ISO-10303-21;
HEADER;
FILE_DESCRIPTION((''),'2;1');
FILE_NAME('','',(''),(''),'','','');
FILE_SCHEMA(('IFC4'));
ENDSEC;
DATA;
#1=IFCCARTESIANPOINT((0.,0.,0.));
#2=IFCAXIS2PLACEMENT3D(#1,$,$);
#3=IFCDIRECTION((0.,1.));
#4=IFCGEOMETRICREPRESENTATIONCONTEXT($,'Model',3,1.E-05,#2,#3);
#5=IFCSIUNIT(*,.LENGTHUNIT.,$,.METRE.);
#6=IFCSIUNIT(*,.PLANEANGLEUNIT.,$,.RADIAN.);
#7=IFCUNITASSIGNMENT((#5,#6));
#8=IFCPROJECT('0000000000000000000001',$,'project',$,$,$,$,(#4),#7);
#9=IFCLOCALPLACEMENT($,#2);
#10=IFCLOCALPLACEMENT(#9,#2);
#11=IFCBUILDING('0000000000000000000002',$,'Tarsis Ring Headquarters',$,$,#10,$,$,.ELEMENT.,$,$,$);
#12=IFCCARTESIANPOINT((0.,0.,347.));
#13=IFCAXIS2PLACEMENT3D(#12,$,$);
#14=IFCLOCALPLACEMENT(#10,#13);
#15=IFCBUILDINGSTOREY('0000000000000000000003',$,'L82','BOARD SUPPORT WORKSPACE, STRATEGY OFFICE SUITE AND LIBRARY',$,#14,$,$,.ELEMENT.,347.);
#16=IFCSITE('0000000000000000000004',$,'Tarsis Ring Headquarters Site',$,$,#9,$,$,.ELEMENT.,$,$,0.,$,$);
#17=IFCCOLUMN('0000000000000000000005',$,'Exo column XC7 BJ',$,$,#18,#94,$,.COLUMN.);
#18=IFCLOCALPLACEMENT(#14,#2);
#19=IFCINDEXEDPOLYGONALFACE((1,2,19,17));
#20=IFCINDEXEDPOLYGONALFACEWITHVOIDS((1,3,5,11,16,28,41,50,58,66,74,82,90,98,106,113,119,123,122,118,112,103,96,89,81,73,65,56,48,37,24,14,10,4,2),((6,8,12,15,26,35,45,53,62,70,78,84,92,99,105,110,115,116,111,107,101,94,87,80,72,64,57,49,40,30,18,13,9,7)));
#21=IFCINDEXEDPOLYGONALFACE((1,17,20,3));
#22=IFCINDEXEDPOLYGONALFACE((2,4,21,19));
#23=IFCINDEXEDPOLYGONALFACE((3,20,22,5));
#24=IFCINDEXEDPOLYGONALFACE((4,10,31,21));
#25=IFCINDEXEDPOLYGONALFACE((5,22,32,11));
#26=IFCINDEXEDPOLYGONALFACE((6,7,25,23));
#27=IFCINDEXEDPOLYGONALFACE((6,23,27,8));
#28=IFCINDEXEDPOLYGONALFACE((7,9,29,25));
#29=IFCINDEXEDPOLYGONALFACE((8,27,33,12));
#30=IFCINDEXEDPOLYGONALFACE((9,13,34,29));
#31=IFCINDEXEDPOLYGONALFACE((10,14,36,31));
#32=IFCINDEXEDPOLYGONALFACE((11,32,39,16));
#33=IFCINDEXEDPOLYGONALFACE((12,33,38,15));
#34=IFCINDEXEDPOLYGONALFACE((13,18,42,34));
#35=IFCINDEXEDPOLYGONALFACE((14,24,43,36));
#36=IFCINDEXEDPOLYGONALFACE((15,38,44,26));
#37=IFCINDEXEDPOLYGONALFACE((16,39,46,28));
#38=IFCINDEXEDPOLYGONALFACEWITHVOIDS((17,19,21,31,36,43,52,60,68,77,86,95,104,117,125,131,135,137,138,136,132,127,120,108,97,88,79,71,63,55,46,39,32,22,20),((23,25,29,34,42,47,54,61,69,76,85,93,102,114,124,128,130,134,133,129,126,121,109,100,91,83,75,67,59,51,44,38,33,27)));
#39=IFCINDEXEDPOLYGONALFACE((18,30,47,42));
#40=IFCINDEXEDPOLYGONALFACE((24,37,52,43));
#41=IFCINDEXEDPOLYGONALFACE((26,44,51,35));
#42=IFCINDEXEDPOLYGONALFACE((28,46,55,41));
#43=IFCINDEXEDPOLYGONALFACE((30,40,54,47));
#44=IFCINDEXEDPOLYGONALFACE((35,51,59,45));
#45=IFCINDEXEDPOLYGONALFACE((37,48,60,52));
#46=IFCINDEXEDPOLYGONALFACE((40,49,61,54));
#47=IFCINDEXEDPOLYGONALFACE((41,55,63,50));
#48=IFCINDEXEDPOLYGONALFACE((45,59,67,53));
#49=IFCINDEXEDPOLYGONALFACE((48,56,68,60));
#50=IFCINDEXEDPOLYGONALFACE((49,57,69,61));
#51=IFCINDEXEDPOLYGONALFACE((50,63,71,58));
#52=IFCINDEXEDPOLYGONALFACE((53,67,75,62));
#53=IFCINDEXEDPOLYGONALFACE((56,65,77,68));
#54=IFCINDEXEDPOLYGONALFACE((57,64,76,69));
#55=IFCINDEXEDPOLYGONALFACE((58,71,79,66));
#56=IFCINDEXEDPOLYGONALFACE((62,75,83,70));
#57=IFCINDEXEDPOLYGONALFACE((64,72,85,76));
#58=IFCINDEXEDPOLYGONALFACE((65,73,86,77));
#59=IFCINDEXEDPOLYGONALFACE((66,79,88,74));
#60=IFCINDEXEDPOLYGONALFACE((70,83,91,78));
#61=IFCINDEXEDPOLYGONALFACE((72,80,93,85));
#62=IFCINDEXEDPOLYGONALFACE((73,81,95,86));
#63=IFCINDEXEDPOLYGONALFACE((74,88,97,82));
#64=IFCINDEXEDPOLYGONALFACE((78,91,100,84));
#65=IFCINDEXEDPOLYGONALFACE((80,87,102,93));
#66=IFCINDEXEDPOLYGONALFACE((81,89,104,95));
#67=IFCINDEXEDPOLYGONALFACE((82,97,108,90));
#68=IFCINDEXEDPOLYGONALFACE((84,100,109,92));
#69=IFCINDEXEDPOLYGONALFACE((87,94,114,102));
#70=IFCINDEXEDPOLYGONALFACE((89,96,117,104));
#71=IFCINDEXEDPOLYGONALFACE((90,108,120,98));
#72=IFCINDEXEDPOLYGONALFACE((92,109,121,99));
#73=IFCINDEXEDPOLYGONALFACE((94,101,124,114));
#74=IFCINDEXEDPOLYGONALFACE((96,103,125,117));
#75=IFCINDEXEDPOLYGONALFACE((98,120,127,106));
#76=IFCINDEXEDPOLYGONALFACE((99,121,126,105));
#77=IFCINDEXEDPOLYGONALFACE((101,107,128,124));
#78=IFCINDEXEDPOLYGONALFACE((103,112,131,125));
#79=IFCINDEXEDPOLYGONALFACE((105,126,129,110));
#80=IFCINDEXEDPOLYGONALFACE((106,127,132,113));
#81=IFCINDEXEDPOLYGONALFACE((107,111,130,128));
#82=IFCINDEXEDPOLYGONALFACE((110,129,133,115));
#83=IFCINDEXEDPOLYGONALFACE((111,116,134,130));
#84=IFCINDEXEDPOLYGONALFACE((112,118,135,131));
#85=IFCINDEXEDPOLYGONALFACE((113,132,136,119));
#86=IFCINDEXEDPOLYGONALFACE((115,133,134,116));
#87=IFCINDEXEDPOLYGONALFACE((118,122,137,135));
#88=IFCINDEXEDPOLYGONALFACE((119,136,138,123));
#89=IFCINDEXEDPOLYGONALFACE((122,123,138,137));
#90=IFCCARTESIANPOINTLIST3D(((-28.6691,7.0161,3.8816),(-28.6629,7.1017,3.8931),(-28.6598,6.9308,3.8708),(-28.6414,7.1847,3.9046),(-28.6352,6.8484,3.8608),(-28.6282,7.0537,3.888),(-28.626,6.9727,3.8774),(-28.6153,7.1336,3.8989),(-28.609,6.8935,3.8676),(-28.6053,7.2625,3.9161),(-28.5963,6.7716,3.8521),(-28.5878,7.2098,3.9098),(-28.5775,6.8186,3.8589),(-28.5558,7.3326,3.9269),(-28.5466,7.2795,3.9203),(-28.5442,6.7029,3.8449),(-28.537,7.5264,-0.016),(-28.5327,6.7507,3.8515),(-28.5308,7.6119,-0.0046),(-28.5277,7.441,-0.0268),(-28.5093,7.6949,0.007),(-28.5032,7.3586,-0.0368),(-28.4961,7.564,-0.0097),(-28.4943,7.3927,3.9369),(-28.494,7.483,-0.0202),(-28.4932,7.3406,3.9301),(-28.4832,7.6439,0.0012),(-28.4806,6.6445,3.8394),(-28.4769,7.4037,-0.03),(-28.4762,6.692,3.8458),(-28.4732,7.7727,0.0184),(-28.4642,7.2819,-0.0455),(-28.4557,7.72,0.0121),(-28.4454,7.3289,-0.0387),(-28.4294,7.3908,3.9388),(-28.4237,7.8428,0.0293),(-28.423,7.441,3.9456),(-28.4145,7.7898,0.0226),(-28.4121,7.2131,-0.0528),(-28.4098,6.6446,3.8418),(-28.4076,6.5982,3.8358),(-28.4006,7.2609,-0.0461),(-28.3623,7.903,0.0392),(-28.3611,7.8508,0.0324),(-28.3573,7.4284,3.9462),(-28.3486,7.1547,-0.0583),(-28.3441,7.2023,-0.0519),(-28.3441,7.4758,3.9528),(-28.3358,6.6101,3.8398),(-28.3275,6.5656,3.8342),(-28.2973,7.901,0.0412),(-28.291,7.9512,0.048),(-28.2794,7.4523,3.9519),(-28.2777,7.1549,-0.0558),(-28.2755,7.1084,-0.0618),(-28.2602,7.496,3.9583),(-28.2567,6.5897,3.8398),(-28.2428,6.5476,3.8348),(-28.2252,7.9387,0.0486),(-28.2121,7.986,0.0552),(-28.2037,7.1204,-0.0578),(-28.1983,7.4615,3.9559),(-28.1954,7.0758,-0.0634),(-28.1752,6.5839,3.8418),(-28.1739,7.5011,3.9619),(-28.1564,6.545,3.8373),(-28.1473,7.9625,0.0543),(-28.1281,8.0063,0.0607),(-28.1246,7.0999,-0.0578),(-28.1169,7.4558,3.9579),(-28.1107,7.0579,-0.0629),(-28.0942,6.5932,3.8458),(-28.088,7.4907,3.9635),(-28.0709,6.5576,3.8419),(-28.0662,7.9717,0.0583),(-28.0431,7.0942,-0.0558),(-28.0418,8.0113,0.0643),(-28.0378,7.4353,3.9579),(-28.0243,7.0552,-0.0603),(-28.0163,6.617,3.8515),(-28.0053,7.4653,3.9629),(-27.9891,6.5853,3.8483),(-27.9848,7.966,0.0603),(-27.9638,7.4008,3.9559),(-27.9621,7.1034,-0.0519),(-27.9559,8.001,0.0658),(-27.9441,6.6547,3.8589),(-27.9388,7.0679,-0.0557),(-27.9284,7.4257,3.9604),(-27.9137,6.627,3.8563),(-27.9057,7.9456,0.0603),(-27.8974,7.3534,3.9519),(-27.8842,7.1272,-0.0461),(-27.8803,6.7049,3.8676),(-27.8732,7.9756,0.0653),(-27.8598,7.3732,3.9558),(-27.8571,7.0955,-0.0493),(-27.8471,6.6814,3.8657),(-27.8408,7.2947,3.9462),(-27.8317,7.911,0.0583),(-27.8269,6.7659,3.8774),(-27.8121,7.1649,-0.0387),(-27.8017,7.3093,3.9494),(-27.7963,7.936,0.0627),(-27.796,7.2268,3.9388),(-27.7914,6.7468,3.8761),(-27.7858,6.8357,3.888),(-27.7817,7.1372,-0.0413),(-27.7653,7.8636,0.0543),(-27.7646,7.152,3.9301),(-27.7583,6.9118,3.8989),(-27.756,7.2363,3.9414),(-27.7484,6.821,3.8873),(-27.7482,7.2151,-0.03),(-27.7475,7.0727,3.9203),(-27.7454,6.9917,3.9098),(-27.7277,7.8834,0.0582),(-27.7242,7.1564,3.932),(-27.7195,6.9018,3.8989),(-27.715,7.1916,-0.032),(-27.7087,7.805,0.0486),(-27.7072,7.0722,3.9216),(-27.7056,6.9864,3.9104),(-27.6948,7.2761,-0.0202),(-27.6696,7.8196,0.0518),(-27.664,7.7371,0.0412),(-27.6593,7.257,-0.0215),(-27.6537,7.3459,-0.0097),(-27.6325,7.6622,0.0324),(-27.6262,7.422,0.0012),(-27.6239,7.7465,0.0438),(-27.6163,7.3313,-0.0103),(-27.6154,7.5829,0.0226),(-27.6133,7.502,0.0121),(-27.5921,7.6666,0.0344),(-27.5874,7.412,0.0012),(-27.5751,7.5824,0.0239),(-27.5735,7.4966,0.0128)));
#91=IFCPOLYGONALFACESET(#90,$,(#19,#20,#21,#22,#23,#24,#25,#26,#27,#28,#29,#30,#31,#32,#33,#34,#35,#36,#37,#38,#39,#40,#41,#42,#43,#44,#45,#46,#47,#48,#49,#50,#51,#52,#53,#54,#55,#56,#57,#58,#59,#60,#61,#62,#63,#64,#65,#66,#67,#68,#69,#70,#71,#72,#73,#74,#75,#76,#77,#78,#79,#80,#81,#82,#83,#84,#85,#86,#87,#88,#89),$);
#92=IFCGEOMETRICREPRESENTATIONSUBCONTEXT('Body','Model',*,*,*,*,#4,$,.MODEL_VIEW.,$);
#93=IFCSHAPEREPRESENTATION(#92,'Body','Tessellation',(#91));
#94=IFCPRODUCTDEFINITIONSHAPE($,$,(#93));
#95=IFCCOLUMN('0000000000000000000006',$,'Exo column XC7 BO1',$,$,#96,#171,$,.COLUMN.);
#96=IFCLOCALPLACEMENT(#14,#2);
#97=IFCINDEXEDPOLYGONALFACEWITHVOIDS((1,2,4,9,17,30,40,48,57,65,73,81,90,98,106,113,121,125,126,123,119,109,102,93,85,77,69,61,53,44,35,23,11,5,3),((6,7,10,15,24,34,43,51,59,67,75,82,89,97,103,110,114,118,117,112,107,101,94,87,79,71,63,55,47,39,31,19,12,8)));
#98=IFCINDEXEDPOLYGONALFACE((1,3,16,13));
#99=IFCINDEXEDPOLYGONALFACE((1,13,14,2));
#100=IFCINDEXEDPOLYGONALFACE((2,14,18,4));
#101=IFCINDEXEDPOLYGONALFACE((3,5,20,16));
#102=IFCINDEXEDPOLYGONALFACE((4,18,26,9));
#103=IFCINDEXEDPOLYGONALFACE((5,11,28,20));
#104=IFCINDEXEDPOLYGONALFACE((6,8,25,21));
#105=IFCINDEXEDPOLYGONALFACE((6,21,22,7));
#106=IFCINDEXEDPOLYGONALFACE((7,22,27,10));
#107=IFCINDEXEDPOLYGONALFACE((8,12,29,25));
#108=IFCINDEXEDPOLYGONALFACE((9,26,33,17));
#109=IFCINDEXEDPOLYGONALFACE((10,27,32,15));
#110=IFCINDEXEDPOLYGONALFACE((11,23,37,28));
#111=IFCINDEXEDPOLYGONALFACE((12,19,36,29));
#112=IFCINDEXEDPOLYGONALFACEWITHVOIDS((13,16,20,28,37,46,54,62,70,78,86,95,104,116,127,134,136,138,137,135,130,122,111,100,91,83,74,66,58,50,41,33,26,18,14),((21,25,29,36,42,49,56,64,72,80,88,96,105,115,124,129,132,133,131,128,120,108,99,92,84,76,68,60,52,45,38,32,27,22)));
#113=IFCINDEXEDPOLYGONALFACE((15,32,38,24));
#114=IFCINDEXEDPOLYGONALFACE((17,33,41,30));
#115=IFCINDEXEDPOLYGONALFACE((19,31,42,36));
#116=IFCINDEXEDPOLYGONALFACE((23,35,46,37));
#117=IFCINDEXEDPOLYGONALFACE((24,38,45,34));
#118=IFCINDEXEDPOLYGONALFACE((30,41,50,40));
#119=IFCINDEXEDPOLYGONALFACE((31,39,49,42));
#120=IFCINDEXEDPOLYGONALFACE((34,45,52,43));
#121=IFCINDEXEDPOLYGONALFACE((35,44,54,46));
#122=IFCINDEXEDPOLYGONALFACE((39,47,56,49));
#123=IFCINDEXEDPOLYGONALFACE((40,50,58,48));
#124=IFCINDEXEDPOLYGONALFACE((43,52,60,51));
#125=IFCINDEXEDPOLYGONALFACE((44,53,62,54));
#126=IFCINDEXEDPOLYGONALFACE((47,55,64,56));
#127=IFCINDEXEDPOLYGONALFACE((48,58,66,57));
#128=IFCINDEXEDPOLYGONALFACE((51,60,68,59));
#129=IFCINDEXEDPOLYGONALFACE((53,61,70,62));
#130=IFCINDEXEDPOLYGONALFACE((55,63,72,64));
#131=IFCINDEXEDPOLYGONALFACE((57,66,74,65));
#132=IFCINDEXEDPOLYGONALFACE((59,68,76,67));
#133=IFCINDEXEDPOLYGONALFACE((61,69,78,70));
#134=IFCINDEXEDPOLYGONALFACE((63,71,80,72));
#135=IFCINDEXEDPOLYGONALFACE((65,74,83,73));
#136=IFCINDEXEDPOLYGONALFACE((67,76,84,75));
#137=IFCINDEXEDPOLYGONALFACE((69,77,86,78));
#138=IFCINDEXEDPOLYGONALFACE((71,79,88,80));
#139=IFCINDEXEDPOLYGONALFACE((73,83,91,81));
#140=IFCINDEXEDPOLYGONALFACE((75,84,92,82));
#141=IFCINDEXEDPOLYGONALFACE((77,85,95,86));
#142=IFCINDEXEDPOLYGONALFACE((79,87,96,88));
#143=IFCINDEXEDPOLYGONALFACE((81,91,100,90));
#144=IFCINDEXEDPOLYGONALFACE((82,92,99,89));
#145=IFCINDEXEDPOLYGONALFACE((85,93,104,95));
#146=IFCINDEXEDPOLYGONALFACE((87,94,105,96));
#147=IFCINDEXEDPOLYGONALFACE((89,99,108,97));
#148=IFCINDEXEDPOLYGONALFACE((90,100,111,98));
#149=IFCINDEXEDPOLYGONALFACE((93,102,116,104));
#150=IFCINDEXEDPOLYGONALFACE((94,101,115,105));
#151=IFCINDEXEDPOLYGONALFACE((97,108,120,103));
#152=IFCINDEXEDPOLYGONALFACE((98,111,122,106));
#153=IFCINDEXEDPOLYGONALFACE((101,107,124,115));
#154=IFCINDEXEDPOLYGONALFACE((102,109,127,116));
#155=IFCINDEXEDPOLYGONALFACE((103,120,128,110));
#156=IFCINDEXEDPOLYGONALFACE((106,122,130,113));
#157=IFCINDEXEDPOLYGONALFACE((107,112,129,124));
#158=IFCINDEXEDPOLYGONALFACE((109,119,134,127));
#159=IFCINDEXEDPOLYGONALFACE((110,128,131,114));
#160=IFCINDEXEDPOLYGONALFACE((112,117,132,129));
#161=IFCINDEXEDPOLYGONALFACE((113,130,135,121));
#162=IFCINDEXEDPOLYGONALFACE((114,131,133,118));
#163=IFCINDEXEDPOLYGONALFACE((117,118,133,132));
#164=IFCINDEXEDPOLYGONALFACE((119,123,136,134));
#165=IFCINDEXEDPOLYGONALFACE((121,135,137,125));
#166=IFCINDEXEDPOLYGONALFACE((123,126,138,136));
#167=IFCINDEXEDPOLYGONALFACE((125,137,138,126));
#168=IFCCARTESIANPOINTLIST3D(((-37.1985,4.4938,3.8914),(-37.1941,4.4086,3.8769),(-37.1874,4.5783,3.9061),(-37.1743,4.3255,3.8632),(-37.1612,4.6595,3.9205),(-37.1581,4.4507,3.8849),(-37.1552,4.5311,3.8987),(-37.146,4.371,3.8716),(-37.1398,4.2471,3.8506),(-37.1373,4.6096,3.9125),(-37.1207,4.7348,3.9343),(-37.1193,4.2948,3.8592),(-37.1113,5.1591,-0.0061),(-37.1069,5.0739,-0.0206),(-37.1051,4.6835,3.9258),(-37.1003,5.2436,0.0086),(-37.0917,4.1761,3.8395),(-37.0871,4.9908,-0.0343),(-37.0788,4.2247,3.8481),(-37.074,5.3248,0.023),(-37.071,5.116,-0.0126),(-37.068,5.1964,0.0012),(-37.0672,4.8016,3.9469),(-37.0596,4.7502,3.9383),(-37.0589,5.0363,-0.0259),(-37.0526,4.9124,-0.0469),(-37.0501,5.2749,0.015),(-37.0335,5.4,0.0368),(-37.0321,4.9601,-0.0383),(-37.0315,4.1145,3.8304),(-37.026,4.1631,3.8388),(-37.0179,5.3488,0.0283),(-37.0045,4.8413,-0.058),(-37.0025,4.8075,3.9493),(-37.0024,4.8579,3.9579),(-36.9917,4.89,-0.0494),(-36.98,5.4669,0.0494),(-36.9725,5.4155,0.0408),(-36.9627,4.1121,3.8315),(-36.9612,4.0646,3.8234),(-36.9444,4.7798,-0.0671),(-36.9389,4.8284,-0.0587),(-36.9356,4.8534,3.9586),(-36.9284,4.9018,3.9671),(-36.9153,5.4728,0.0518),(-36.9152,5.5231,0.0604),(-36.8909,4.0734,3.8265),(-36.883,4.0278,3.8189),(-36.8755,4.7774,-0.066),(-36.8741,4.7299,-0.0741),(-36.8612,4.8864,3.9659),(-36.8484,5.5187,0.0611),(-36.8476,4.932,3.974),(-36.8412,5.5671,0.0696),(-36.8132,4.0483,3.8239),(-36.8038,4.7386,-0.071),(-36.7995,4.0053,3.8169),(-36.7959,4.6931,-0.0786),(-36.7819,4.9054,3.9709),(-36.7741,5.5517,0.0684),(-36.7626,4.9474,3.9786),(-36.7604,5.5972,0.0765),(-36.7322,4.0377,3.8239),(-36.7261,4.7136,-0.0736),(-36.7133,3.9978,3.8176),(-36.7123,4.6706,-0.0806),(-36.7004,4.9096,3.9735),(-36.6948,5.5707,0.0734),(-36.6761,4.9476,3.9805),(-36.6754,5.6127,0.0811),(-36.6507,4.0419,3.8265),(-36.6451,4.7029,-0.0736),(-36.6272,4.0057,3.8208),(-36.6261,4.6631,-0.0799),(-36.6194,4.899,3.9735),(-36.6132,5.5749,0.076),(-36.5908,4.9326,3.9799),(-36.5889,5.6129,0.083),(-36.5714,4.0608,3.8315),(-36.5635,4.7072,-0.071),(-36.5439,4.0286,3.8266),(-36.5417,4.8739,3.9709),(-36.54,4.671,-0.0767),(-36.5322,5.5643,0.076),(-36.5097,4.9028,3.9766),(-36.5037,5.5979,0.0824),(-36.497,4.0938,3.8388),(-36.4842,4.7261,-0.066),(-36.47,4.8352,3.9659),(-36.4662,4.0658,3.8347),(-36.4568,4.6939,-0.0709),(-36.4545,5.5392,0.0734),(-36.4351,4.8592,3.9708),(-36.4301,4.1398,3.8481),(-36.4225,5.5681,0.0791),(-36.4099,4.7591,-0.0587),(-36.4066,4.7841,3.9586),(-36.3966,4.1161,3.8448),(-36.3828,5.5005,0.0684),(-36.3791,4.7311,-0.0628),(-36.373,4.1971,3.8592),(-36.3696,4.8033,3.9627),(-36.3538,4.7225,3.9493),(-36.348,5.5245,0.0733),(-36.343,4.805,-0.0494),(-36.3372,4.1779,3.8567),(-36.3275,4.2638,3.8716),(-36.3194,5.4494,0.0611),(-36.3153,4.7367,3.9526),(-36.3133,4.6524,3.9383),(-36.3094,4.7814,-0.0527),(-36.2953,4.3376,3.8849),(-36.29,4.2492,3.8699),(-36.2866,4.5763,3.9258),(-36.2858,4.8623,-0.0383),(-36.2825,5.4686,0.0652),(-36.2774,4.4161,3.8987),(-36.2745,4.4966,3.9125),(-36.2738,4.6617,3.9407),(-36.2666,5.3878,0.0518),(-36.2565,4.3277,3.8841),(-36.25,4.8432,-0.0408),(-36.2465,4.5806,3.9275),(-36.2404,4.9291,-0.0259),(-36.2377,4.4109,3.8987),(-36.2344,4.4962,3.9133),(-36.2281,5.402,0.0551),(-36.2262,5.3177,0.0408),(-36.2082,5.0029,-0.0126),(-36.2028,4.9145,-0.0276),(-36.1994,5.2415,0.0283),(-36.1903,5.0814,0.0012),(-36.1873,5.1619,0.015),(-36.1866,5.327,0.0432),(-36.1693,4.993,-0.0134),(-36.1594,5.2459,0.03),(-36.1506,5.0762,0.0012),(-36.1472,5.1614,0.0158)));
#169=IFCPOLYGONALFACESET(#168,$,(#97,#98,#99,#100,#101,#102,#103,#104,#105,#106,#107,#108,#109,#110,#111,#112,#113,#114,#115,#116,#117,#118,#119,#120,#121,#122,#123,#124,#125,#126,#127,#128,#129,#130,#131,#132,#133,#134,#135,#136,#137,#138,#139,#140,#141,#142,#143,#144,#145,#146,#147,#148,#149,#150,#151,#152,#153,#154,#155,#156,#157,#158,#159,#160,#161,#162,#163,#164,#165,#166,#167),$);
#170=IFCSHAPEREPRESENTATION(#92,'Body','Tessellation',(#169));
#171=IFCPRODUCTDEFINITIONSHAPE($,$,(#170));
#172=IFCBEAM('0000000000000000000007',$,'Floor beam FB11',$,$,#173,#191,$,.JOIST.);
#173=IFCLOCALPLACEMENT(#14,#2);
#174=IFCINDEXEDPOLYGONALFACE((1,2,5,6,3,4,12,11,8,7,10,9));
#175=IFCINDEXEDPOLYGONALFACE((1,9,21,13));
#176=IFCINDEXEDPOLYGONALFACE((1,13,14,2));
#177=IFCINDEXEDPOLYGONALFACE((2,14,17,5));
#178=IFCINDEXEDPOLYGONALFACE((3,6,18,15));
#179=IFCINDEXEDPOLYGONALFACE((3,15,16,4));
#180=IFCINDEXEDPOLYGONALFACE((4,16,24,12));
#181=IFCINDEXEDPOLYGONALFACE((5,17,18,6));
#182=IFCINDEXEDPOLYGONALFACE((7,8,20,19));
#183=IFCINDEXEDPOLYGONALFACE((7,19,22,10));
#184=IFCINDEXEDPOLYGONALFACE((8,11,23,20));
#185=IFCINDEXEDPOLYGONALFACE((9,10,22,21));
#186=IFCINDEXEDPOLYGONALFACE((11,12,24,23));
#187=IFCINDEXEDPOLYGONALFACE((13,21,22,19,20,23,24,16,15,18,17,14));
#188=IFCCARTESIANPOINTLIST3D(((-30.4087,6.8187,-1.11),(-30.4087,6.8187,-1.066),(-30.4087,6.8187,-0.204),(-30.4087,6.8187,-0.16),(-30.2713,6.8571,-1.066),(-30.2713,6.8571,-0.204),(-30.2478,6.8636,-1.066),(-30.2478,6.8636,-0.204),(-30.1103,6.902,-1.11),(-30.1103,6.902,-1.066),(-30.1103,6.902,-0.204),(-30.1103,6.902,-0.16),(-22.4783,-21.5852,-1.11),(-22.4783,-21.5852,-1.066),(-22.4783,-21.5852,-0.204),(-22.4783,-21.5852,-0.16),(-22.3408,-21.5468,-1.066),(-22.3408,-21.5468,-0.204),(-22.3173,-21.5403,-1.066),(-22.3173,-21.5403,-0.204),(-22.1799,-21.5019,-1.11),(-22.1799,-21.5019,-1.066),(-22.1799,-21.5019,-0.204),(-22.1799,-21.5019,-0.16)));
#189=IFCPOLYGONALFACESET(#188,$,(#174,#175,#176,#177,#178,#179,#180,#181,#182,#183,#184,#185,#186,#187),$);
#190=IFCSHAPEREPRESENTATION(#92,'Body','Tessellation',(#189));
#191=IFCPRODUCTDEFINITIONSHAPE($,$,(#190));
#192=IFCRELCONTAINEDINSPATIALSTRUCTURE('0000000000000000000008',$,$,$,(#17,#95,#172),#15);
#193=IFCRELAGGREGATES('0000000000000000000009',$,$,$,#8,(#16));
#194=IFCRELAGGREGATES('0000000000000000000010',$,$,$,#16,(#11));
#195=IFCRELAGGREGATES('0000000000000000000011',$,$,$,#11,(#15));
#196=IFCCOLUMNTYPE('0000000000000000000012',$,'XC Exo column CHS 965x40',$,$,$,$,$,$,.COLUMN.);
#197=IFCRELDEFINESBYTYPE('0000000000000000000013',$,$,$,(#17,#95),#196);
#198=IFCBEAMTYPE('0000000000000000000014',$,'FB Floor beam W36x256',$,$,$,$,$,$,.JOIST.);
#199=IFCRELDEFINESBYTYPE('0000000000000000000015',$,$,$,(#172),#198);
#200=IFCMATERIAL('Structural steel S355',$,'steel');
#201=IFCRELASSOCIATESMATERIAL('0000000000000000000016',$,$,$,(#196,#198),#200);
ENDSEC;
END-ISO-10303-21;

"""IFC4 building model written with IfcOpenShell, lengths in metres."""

from ifc_helpers import new_model, si_unit, direction, frame, origin, origin_2d, place, context, subcontext, project, spatial, hollow_circle, i_section, extrude, material, material_profile, profile_set, type_object, element, save


model = new_model("IFC4")

# Units and contexts
model_context = context("Model", 3, precision=1e-05, world=origin(), true_north=direction((0.0, 1.0)))
body_context = subcontext(model_context, "Body", "Model", "MODEL_VIEW")
ifc_project = project(units=[si_unit("LENGTHUNIT", "METRE"), si_unit("PLANEANGLEUNIT", "RADIAN")], contexts=[model_context])

# Site, building, storey
site_placement = place(None, origin())
site = spatial("IfcSite", under=ifc_project, at=site_placement, Name="Tarsis Ring Headquarters Site", CompositionType="ELEMENT", RefElevation=0.0)
building_placement = place(site_placement, origin())
building = spatial("IfcBuilding", under=site, at=building_placement, Name="Tarsis Ring Headquarters", CompositionType="ELEMENT")
storey_placement = place(building_placement, frame((0.0, 0.0, 347.0)))
storey = spatial("IfcBuildingStorey", under=building, at=storey_placement, Name="L82", Description="BOARD SUPPORT WORKSPACE, STRATEGY OFFICE SUITE AND LIBRARY", CompositionType="ELEMENT", Elevation=347.0)

# Columns
ifc_material_1 = material(Name="Structural steel S355", Category="steel")
ifc_material_profile_1 = material_profile(ifc_material_1, hollow_circle(Radius=0.4827, WallThickness=0.04, at=origin_2d()), Name="CHS 965x40")
ifc_profile_set_1 = profile_set([ifc_material_profile_1], Name="Structural steel S355")
column_type = type_object("IfcColumnType", Name="XC Exo column CHS 965x40", PredefinedType="COLUMN", material=ifc_profile_set_1)
column_1_placement = place(storey_placement, frame((-28.0547, 7.533, 0.0012), z_axis=(-0.033581, -0.129731, 0.99098), x_axis=(0.968093, -0.250592, 0.0)))
element("IfcColumn", 1, at=column_1_placement, inside=storey, type_object=column_type, Name="Exo column XC7 BJ", PredefinedType="COLUMN", context=body_context, shape_type="SweptSolid", body=[
    extrude(hollow_circle(Radius=0.4827, WallThickness=0.04, at=origin_2d()), origin(), (0.0, 0.0, 1.0), 3.9331),
])
column_2_placement = place(storey_placement, frame((-36.6292, 5.1389, 0.0012), z_axis=(-0.022039, -0.168222, 0.985503), x_axis=(0.991527, -0.129899, 0.0)))
element("IfcColumn", 2, at=column_2_placement, inside=storey, type_object=column_type, Name="Exo column XC7 BO1", PredefinedType="COLUMN", context=body_context, shape_type="SweptSolid", body=[
    extrude(hollow_circle(Radius=0.4827, WallThickness=0.04, at=origin_2d()), origin(), (0.0, 0.0, 1.0), 3.9548),
])

# Beam
ifc_material_profile_2 = material_profile(ifc_material_1, i_section(OverallWidth=0.3098, OverallDepth=0.95, WebThickness=0.0244, FlangeThickness=0.0439, at=origin_2d()), Name="W36x256")
ifc_profile_set_2 = profile_set([ifc_material_profile_2], Name="Structural steel S355")
beam_type_1 = type_object("IfcBeamType", Name="FB Floor beam W36x256", PredefinedType="JOIST", material=ifc_profile_set_2)
for number, where, z_axis, x_axis, name in (
    (3, (-30.2595, 6.8604, -0.635), (0.268918, -0.963163, 0.0), (0.963163, 0.268918, 0.0), "Floor beam FB11"),
):
    element("IfcBeam", number, at=place(storey_placement, frame(where, z_axis=z_axis, x_axis=x_axis)), inside=storey, type_object=beam_type_1, Name=name, PredefinedType="JOIST", context=body_context, shape_type="SweptSolid", body=[
        extrude(i_section(OverallWidth=0.3098, OverallDepth=0.95, WebThickness=0.0244, FlangeThickness=0.0439, at=origin_2d()), origin(), (0.0, 0.0, 1.0), 29.4902),
    ])

save(model, "model.ifc")
